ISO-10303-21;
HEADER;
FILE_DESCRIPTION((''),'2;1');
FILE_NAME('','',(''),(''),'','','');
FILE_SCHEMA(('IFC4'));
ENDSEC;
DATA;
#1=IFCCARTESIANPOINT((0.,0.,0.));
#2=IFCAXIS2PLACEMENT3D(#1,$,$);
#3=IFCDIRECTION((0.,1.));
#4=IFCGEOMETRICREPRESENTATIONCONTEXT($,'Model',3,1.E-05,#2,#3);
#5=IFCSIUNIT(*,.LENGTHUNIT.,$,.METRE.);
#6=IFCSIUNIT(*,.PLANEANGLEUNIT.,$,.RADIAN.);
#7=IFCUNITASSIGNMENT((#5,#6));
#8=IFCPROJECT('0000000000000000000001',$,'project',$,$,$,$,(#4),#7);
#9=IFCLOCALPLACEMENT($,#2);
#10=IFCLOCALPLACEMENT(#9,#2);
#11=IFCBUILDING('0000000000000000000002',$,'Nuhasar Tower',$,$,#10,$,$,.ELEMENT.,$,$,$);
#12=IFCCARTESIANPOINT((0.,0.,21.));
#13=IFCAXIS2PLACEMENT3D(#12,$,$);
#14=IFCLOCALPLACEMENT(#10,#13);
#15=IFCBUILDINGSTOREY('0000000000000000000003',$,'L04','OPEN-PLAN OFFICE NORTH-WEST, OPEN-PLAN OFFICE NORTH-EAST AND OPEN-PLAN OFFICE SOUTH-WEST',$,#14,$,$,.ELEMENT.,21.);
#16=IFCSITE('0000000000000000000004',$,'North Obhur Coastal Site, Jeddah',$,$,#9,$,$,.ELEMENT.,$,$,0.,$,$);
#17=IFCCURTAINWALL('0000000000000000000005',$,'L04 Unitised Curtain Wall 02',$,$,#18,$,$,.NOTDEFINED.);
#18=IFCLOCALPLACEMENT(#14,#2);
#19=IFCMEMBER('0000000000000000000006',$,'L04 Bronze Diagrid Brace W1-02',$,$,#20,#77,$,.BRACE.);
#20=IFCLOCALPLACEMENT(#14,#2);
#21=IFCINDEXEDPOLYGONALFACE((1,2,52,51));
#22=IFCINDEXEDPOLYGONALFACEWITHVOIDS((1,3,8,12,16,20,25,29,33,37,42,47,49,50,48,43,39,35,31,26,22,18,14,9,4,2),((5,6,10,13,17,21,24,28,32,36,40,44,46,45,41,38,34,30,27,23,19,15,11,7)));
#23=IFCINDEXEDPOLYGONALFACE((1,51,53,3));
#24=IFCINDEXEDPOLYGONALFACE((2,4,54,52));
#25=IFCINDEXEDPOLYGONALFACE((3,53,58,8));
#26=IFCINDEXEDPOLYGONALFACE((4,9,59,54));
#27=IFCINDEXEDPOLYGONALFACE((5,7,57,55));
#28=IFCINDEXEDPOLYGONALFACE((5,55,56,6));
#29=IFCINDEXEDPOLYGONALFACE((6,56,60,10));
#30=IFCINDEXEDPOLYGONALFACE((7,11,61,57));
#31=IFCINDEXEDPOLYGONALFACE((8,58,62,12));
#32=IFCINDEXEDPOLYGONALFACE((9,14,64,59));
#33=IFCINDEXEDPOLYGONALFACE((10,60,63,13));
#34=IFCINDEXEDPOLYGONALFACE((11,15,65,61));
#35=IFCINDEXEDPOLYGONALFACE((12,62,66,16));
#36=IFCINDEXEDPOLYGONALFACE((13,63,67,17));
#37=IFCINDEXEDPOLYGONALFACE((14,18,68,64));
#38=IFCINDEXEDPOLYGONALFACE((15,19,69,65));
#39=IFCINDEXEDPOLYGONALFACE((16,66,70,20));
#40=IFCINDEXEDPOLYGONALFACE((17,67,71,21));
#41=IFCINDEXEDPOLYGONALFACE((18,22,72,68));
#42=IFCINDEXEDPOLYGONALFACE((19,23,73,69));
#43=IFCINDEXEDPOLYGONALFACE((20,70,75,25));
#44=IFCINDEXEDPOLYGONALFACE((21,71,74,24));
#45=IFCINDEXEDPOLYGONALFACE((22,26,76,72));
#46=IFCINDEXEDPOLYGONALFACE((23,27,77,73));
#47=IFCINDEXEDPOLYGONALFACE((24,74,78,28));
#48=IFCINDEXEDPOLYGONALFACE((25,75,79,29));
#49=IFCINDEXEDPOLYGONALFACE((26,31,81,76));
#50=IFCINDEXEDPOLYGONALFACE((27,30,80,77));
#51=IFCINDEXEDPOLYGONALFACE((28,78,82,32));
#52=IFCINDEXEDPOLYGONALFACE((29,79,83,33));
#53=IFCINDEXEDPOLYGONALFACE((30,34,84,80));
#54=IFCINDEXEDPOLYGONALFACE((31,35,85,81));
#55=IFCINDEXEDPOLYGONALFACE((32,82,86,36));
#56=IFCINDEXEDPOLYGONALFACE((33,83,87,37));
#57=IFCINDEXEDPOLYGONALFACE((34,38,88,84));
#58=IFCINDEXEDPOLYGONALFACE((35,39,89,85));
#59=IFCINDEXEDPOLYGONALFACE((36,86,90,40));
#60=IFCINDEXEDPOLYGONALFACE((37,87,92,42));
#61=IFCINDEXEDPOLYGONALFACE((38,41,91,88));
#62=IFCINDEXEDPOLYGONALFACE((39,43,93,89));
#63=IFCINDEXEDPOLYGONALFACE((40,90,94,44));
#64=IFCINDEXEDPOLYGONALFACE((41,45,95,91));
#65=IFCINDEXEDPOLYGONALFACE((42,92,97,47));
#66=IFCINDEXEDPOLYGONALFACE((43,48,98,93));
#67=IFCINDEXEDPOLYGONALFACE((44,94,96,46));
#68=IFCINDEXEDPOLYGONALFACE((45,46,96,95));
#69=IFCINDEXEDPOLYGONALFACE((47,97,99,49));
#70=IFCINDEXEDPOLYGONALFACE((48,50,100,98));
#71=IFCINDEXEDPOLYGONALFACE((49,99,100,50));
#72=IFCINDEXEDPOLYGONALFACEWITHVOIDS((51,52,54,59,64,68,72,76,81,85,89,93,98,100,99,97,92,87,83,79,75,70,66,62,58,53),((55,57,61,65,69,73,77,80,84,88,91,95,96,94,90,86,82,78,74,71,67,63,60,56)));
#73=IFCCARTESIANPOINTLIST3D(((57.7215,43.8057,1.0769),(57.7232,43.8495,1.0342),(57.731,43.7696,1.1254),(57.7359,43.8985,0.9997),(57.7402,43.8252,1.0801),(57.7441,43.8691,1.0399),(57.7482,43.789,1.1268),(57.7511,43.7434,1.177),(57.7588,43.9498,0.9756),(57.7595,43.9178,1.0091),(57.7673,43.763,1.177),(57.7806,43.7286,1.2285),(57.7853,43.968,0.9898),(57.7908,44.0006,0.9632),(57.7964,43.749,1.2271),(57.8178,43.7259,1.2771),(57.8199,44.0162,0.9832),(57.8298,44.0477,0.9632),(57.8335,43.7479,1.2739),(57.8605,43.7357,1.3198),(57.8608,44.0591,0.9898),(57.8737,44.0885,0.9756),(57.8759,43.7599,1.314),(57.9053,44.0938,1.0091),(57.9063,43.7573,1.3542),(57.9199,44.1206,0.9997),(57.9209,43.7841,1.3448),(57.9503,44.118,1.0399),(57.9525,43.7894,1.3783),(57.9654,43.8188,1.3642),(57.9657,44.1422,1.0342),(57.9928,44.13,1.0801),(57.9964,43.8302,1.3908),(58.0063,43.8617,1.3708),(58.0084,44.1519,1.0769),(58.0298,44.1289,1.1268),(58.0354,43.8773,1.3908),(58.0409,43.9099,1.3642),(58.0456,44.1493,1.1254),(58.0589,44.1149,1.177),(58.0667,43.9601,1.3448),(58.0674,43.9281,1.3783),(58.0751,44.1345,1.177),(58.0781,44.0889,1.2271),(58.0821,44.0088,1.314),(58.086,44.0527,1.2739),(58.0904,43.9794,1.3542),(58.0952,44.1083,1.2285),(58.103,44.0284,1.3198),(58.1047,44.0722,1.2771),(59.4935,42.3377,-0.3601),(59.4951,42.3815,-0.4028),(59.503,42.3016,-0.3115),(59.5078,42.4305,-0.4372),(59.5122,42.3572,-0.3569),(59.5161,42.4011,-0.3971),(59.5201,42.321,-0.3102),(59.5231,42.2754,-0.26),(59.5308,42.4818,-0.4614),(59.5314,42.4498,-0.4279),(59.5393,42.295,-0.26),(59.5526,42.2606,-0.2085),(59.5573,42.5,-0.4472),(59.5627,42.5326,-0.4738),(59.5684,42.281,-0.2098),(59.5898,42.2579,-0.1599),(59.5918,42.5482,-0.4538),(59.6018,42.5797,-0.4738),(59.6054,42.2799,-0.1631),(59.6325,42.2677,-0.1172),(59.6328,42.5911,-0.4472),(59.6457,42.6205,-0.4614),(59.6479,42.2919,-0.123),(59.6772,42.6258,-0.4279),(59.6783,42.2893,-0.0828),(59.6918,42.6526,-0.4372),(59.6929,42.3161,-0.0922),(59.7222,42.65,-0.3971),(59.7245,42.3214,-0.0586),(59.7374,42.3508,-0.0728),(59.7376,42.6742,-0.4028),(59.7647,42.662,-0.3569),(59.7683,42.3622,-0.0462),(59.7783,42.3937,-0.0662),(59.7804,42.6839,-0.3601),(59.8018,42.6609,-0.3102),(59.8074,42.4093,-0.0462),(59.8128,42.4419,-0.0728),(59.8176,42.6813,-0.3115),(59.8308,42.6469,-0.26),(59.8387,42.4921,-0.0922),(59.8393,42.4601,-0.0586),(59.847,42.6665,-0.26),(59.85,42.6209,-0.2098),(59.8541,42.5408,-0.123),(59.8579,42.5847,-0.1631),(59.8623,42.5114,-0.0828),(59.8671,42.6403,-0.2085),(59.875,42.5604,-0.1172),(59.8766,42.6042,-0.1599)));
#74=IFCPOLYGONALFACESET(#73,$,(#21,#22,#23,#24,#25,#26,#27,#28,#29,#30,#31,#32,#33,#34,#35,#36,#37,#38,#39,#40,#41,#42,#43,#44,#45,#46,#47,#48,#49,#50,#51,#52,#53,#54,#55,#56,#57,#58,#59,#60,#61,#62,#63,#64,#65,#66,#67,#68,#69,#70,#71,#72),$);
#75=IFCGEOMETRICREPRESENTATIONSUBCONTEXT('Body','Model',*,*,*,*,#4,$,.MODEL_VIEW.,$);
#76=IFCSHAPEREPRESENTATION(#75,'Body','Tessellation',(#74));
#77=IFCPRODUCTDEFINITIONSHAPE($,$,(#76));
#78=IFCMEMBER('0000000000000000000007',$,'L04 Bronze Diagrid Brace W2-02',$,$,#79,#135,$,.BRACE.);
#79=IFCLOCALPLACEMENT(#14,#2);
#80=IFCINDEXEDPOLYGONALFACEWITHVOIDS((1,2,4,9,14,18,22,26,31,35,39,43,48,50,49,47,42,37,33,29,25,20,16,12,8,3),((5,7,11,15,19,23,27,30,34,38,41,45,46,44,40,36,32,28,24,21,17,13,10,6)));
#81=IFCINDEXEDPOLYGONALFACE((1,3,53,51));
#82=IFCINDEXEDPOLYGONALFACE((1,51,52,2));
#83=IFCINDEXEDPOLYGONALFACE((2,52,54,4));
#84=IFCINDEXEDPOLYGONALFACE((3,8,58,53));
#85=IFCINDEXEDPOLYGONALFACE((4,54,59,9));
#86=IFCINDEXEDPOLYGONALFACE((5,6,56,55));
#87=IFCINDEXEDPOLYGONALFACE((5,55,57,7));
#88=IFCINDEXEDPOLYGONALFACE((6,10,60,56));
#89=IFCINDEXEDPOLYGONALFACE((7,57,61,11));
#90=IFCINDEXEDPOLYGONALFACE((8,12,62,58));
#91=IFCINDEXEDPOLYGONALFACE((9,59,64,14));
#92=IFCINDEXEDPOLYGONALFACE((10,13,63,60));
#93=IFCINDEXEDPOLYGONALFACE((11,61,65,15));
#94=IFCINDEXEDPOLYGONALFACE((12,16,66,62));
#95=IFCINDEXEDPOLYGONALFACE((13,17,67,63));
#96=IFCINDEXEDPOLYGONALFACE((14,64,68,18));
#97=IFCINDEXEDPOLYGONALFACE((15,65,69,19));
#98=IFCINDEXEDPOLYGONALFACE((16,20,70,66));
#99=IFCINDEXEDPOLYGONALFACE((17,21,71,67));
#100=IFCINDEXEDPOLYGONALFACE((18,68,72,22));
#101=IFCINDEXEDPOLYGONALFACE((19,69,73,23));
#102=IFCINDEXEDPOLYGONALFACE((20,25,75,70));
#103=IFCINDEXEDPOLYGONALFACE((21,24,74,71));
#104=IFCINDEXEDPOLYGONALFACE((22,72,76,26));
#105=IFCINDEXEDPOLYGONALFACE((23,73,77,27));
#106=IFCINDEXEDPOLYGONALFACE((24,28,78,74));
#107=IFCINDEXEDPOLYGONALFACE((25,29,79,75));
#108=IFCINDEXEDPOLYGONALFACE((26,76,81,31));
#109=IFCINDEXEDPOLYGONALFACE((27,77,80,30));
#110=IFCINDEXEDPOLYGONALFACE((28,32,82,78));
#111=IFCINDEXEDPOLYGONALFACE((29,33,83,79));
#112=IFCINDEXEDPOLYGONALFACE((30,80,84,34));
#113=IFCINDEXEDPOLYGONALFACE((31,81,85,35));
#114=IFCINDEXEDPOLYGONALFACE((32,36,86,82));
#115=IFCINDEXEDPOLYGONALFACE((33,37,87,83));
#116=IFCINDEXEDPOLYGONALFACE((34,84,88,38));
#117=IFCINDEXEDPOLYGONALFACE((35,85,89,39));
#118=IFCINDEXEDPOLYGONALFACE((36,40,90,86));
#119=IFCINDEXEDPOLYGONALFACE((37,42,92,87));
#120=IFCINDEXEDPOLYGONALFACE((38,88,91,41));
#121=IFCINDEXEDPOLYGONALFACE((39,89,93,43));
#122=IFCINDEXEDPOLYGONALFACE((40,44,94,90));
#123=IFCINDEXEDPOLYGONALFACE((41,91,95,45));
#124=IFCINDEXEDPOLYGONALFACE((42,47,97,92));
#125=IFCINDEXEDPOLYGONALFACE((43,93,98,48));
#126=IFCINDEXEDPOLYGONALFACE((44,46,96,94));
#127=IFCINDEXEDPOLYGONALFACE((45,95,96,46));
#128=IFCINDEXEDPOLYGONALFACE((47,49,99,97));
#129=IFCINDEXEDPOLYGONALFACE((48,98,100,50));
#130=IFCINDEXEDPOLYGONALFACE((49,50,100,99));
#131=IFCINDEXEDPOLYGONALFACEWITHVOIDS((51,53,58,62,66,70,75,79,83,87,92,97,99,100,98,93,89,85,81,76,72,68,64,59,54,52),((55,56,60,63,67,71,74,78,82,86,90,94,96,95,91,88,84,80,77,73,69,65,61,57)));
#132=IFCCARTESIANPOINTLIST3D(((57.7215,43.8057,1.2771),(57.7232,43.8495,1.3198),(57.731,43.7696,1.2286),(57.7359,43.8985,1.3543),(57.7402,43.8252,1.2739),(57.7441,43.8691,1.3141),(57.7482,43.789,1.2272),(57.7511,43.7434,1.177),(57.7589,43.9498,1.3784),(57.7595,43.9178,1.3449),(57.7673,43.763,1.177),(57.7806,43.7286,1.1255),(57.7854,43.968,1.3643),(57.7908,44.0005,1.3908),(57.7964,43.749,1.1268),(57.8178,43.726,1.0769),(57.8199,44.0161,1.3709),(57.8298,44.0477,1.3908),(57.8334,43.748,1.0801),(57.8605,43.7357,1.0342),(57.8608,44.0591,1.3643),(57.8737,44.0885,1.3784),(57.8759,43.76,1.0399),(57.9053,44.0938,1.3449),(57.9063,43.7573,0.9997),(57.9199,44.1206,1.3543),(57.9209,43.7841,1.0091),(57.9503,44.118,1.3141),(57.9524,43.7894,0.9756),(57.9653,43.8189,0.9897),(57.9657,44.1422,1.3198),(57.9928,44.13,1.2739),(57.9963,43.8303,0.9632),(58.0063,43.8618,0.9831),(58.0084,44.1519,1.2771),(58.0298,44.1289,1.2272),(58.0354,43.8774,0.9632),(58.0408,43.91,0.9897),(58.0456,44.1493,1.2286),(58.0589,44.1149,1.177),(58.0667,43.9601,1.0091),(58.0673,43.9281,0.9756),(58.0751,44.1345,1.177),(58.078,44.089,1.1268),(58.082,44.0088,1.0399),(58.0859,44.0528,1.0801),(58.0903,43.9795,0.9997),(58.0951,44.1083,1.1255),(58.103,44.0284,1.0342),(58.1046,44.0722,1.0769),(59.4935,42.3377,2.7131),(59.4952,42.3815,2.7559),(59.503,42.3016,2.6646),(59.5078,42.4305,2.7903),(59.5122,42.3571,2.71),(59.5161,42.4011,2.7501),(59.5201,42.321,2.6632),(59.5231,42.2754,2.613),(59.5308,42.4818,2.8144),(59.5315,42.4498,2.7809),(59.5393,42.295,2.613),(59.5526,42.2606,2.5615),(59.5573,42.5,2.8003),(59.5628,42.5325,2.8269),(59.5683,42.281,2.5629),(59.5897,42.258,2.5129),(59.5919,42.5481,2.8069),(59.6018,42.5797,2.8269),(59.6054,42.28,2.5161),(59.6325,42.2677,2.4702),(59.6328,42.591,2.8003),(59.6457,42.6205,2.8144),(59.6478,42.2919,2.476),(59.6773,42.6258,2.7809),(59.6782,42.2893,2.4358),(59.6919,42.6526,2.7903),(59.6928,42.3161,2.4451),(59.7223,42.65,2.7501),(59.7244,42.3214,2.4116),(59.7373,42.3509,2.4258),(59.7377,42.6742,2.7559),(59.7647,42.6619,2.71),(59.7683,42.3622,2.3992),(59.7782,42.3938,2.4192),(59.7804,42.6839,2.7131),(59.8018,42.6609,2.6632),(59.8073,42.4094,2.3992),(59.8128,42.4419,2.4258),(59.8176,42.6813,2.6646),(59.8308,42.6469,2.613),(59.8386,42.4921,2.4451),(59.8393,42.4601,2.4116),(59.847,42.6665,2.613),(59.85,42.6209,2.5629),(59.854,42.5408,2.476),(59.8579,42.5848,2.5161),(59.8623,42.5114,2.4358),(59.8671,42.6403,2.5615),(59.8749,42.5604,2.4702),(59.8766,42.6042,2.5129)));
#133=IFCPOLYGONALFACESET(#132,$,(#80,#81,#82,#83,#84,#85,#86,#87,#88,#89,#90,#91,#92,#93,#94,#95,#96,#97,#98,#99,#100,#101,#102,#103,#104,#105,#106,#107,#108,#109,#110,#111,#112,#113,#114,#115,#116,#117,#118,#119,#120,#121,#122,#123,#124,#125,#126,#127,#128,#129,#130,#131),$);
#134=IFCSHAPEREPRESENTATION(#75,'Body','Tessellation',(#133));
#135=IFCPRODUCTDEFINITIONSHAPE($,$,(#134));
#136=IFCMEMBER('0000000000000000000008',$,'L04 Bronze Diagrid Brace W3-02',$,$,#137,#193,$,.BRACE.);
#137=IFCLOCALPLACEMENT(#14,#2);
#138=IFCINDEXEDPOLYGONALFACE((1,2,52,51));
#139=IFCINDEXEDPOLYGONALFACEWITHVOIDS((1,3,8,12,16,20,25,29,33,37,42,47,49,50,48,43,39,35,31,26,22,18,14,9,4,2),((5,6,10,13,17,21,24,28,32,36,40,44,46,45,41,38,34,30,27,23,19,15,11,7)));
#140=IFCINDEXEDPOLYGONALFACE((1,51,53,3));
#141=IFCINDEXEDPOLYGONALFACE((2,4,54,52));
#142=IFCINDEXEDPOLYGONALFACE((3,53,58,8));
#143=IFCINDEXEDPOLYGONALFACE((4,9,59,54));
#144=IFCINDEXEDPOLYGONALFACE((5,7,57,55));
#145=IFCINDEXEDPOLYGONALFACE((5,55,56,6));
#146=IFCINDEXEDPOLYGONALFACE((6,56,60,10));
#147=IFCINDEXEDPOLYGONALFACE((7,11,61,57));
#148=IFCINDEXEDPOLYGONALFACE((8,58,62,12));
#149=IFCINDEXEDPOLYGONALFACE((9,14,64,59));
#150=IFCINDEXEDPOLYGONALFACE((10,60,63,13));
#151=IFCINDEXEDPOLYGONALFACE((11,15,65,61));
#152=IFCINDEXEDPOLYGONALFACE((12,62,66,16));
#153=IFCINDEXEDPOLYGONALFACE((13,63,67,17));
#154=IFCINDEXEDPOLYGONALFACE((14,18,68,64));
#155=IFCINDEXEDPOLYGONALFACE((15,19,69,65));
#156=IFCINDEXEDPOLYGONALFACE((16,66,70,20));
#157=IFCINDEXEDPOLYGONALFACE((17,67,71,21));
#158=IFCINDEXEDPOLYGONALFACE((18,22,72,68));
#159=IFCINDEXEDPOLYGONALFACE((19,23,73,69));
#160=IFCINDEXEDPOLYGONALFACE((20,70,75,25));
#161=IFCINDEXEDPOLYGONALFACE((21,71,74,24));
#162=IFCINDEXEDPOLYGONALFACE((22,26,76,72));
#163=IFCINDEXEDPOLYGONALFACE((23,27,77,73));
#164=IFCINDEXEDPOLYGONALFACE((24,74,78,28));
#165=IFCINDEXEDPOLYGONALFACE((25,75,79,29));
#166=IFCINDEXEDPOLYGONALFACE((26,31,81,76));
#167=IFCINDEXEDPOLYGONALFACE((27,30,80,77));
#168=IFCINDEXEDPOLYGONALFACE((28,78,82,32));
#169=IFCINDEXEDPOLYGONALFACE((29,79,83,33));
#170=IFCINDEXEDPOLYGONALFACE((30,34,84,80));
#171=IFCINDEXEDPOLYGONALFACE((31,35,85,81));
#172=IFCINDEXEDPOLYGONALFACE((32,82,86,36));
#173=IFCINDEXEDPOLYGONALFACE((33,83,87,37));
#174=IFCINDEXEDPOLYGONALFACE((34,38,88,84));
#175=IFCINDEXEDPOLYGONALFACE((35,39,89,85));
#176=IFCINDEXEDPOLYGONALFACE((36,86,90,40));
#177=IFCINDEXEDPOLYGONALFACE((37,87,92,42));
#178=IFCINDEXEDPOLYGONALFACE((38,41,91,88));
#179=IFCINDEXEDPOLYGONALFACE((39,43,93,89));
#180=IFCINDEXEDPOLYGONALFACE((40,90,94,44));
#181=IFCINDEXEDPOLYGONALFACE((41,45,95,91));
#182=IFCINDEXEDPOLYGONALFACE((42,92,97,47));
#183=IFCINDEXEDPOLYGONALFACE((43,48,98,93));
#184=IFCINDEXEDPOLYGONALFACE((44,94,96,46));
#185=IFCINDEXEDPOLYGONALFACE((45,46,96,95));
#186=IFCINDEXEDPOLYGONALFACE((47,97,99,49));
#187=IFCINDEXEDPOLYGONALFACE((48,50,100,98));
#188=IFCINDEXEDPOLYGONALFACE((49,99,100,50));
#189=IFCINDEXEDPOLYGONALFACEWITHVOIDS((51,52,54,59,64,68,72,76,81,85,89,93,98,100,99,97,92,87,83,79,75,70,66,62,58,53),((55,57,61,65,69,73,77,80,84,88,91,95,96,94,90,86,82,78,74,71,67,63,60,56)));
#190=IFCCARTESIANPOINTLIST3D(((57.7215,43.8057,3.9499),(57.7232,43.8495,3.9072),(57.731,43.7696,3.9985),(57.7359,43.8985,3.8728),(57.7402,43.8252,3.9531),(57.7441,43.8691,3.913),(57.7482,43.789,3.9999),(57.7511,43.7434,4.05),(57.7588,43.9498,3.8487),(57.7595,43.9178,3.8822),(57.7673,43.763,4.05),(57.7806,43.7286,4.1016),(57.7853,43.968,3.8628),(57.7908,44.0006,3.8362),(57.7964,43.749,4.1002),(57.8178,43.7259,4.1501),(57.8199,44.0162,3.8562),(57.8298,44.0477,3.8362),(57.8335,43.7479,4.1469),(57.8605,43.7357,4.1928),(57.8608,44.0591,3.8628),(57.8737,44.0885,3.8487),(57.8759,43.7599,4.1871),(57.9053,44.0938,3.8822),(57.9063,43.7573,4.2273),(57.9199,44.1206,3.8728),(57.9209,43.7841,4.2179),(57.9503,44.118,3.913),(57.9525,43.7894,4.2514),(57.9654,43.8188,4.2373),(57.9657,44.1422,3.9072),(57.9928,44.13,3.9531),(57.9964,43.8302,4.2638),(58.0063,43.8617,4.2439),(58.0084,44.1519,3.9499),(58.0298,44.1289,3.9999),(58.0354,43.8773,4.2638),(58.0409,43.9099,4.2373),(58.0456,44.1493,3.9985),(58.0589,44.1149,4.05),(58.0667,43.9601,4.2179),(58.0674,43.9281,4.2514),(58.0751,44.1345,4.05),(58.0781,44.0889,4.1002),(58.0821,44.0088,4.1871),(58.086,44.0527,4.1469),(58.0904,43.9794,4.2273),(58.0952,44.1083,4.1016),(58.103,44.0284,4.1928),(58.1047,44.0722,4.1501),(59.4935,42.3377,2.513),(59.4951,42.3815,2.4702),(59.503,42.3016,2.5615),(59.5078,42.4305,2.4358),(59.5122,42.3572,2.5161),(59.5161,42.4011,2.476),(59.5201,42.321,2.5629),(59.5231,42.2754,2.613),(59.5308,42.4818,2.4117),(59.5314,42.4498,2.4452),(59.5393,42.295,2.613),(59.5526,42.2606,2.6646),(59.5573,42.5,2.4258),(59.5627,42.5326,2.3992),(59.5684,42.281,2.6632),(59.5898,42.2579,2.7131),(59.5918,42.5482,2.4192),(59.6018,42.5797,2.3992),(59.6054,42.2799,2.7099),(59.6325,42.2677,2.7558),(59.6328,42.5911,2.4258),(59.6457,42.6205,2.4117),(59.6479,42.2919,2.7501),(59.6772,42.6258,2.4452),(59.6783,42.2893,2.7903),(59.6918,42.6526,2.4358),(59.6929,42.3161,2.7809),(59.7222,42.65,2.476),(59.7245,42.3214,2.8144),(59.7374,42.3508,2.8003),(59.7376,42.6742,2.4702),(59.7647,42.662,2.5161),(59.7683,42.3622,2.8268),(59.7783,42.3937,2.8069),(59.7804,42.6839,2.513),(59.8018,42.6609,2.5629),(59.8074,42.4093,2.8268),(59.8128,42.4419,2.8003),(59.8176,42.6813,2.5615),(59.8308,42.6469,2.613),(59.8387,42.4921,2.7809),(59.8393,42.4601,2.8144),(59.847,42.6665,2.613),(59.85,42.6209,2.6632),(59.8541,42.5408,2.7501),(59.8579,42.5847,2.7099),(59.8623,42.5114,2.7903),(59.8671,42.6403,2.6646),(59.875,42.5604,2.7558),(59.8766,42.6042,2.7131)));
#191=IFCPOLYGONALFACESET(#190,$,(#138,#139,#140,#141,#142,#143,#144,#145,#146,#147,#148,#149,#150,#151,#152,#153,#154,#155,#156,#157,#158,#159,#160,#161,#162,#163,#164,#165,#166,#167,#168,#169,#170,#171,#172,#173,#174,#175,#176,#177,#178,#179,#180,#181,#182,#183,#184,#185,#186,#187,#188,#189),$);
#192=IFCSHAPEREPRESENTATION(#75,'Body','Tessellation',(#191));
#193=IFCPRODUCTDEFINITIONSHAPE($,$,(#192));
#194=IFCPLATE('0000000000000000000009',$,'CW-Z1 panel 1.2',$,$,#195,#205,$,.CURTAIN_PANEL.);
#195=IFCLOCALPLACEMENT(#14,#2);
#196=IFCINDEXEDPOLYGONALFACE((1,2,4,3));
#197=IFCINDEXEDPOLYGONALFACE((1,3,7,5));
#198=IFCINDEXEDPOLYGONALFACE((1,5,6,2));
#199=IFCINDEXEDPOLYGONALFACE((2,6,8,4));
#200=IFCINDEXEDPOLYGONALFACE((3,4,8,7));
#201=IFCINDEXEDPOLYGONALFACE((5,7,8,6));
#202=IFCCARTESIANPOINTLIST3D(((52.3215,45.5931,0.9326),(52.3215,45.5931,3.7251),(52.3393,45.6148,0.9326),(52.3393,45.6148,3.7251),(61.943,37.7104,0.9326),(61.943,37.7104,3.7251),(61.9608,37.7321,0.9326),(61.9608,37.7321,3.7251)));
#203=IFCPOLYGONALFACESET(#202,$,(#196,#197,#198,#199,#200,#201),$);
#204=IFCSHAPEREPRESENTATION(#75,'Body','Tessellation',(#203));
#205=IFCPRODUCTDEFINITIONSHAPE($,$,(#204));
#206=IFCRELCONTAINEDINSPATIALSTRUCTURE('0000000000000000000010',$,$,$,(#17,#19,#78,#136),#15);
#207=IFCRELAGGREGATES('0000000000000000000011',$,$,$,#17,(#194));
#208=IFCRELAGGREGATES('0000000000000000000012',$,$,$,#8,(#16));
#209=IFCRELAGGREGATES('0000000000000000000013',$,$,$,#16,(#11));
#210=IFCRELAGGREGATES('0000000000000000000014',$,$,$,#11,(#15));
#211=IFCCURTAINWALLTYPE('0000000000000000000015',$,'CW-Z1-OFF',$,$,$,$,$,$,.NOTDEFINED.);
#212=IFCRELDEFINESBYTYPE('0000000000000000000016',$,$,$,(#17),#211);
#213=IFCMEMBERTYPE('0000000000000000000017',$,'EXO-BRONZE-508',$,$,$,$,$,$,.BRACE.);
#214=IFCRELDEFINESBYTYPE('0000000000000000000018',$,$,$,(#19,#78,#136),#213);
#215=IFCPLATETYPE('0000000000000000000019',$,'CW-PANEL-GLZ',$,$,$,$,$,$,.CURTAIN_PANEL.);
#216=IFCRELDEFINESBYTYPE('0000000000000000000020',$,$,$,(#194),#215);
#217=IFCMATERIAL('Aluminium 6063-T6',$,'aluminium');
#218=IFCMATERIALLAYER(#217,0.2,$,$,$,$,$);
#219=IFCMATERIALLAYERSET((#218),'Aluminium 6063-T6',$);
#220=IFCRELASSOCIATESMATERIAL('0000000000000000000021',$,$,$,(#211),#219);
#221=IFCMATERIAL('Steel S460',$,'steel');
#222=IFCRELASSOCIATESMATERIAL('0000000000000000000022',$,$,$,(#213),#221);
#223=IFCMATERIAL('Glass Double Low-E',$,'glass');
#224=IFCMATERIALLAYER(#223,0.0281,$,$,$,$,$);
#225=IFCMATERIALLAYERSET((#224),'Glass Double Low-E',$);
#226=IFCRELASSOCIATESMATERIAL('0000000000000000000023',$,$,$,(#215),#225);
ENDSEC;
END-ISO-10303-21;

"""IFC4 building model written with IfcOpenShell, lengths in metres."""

from ifc_helpers import new_model, si_unit, direction, frame, origin, origin_2d, place, context, subcontext, project, spatial, rectangle, hollow_circle, extrude, material, layer, layer_set, material_profile, profile_set, type_object, element, aggregate, save


model = new_model("IFC4")

# Units and contexts
model_context = context("Model", 3, precision=1e-05, world=origin(), true_north=direction((0.0, 1.0)))
body_context = subcontext(model_context, "Body", "Model", "MODEL_VIEW")
ifc_project = project(units=[si_unit("LENGTHUNIT", "METRE"), si_unit("PLANEANGLEUNIT", "RADIAN")], contexts=[model_context])

# Site, building, storey
site_placement = place(None, origin())
site = spatial("IfcSite", under=ifc_project, at=site_placement, Name="North Obhur Coastal Site, Jeddah", CompositionType="ELEMENT", RefElevation=0.0)
building_placement = place(site_placement, origin())
building = spatial("IfcBuilding", under=site, at=building_placement, Name="Nuhasar Tower", CompositionType="ELEMENT")
storey_placement = place(building_placement, frame((0.0, 0.0, 21.0)))
storey = spatial("IfcBuildingStorey", under=building, at=storey_placement, Name="L04", Description="OPEN-PLAN OFFICE NORTH-WEST, OPEN-PLAN OFFICE NORTH-EAST AND OPEN-PLAN OFFICE SOUTH-WEST", CompositionType="ELEMENT", Elevation=21.0)

# Shared definitions
ifc_material_1 = material(Name="Steel S460", Category="steel")

# Shared definitions
ifc_material_2 = material(Name="Aluminium 6063-T6", Category="aluminium")
ifc_layer_1 = layer(ifc_material_2, 0.2)
ifc_layer_set_1 = layer_set([ifc_layer_1], Name="Aluminium 6063-T6")
curtain_wall_type = type_object("IfcCurtainWallType", Name="CW-Z1-OFF", PredefinedType="NOTDEFINED", material=ifc_layer_set_1)

# Curtain wall
curtain_wall_1_placement = place(storey_placement, origin())
curtain_wall_1 = element("IfcCurtainWall", 1, at=curtain_wall_1_placement, inside=storey, type_object=curtain_wall_type, Name="L04 Unitised Curtain Wall 02", PredefinedType="NOTDEFINED")

# Members
ifc_material_profile_1 = material_profile(ifc_material_1, hollow_circle(Radius=0.2539, WallThickness=0.0254, at=origin_2d()), Name="HSS508X25.4")
ifc_profile_set_1 = profile_set([ifc_material_profile_1], Name="Steel S460")
member_type_1 = type_object("IfcMemberType", Name="EXO-BRONZE-508", PredefinedType="BRACE", material=ifc_profile_set_1)
member_1_placement = place(storey_placement, frame((59.6851, 42.4709, -0.26), z_axis=(-0.653159, 0.54112, 0.529691), x_axis=(-0.637969, -0.770062, 0.0)))
element("IfcMember", 2, at=member_1_placement, inside=storey, type_object=member_type_1, Name="L04 Bronze Diagrid Brace W1-02", PredefinedType="BRACE", context=body_context, shape_type="SweptSolid", body=[
    extrude(hollow_circle(Radius=0.2539, WallThickness=0.0254, at=origin_2d()), origin(), (0.0, 0.0, 1.0), 2.7129),
])
member_2_placement = place(storey_placement, frame((57.9131, 43.939, 1.177), z_axis=(0.653284, -0.541223, 0.529432), x_axis=(0.637969, 0.770062, 0.0)))
element("IfcMember", 3, at=member_2_placement, inside=storey, type_object=member_type_1, Name="L04 Bronze Diagrid Brace W2-02", PredefinedType="BRACE", context=body_context, shape_type="SweptSolid", body=[
    extrude(hollow_circle(Radius=0.2539, WallThickness=0.0254, at=origin_2d()), origin(), (0.0, 0.0, 1.0), 2.7124),
])
member_3_placement = place(storey_placement, frame((59.6851, 42.4709, 2.613), z_axis=(-0.653159, 0.54112, 0.529691), x_axis=(-0.637969, -0.770062, 0.0)))
element("IfcMember", 4, at=member_3_placement, inside=storey, type_object=member_type_1, Name="L04 Bronze Diagrid Brace W3-02", PredefinedType="BRACE", context=body_context, shape_type="SweptSolid", body=[
    extrude(hollow_circle(Radius=0.2539, WallThickness=0.0254, at=origin_2d()), origin(), (0.0, 0.0, 1.0), 2.7129),
])

# Plate
ifc_material_3 = material(Name="Glass Double Low-E", Category="glass")
ifc_layer_2 = layer(ifc_material_3, 0.0281)
ifc_layer_set_2 = layer_set([ifc_layer_2], Name="Glass Double Low-E")
plate_type_1 = type_object("IfcPlateType", Name="CW-PANEL-GLZ", PredefinedType="CURTAIN_PANEL", material=ifc_layer_set_2)
plate_1_placement = place(storey_placement, frame((57.1411, 41.6626, 0.9326), z_axis=(0.0, 0.0, 1.0), x_axis=(-0.773542, 0.633745, 0.0)))
plate_1 = element("IfcPlate", 5, at=plate_1_placement, type_object=plate_type_1, Name="CW-Z1 panel 1.2", PredefinedType="CURTAIN_PANEL", context=body_context, shape_type="SweptSolid", body=[
    extrude(rectangle(XDim=12.4382, YDim=0.0281, at=origin_2d()), origin(), (0.0, 0.0, 1.0), 2.7925),
])
aggregate(curtain_wall_1, [plate_1])

save(model, "model.ifc")
